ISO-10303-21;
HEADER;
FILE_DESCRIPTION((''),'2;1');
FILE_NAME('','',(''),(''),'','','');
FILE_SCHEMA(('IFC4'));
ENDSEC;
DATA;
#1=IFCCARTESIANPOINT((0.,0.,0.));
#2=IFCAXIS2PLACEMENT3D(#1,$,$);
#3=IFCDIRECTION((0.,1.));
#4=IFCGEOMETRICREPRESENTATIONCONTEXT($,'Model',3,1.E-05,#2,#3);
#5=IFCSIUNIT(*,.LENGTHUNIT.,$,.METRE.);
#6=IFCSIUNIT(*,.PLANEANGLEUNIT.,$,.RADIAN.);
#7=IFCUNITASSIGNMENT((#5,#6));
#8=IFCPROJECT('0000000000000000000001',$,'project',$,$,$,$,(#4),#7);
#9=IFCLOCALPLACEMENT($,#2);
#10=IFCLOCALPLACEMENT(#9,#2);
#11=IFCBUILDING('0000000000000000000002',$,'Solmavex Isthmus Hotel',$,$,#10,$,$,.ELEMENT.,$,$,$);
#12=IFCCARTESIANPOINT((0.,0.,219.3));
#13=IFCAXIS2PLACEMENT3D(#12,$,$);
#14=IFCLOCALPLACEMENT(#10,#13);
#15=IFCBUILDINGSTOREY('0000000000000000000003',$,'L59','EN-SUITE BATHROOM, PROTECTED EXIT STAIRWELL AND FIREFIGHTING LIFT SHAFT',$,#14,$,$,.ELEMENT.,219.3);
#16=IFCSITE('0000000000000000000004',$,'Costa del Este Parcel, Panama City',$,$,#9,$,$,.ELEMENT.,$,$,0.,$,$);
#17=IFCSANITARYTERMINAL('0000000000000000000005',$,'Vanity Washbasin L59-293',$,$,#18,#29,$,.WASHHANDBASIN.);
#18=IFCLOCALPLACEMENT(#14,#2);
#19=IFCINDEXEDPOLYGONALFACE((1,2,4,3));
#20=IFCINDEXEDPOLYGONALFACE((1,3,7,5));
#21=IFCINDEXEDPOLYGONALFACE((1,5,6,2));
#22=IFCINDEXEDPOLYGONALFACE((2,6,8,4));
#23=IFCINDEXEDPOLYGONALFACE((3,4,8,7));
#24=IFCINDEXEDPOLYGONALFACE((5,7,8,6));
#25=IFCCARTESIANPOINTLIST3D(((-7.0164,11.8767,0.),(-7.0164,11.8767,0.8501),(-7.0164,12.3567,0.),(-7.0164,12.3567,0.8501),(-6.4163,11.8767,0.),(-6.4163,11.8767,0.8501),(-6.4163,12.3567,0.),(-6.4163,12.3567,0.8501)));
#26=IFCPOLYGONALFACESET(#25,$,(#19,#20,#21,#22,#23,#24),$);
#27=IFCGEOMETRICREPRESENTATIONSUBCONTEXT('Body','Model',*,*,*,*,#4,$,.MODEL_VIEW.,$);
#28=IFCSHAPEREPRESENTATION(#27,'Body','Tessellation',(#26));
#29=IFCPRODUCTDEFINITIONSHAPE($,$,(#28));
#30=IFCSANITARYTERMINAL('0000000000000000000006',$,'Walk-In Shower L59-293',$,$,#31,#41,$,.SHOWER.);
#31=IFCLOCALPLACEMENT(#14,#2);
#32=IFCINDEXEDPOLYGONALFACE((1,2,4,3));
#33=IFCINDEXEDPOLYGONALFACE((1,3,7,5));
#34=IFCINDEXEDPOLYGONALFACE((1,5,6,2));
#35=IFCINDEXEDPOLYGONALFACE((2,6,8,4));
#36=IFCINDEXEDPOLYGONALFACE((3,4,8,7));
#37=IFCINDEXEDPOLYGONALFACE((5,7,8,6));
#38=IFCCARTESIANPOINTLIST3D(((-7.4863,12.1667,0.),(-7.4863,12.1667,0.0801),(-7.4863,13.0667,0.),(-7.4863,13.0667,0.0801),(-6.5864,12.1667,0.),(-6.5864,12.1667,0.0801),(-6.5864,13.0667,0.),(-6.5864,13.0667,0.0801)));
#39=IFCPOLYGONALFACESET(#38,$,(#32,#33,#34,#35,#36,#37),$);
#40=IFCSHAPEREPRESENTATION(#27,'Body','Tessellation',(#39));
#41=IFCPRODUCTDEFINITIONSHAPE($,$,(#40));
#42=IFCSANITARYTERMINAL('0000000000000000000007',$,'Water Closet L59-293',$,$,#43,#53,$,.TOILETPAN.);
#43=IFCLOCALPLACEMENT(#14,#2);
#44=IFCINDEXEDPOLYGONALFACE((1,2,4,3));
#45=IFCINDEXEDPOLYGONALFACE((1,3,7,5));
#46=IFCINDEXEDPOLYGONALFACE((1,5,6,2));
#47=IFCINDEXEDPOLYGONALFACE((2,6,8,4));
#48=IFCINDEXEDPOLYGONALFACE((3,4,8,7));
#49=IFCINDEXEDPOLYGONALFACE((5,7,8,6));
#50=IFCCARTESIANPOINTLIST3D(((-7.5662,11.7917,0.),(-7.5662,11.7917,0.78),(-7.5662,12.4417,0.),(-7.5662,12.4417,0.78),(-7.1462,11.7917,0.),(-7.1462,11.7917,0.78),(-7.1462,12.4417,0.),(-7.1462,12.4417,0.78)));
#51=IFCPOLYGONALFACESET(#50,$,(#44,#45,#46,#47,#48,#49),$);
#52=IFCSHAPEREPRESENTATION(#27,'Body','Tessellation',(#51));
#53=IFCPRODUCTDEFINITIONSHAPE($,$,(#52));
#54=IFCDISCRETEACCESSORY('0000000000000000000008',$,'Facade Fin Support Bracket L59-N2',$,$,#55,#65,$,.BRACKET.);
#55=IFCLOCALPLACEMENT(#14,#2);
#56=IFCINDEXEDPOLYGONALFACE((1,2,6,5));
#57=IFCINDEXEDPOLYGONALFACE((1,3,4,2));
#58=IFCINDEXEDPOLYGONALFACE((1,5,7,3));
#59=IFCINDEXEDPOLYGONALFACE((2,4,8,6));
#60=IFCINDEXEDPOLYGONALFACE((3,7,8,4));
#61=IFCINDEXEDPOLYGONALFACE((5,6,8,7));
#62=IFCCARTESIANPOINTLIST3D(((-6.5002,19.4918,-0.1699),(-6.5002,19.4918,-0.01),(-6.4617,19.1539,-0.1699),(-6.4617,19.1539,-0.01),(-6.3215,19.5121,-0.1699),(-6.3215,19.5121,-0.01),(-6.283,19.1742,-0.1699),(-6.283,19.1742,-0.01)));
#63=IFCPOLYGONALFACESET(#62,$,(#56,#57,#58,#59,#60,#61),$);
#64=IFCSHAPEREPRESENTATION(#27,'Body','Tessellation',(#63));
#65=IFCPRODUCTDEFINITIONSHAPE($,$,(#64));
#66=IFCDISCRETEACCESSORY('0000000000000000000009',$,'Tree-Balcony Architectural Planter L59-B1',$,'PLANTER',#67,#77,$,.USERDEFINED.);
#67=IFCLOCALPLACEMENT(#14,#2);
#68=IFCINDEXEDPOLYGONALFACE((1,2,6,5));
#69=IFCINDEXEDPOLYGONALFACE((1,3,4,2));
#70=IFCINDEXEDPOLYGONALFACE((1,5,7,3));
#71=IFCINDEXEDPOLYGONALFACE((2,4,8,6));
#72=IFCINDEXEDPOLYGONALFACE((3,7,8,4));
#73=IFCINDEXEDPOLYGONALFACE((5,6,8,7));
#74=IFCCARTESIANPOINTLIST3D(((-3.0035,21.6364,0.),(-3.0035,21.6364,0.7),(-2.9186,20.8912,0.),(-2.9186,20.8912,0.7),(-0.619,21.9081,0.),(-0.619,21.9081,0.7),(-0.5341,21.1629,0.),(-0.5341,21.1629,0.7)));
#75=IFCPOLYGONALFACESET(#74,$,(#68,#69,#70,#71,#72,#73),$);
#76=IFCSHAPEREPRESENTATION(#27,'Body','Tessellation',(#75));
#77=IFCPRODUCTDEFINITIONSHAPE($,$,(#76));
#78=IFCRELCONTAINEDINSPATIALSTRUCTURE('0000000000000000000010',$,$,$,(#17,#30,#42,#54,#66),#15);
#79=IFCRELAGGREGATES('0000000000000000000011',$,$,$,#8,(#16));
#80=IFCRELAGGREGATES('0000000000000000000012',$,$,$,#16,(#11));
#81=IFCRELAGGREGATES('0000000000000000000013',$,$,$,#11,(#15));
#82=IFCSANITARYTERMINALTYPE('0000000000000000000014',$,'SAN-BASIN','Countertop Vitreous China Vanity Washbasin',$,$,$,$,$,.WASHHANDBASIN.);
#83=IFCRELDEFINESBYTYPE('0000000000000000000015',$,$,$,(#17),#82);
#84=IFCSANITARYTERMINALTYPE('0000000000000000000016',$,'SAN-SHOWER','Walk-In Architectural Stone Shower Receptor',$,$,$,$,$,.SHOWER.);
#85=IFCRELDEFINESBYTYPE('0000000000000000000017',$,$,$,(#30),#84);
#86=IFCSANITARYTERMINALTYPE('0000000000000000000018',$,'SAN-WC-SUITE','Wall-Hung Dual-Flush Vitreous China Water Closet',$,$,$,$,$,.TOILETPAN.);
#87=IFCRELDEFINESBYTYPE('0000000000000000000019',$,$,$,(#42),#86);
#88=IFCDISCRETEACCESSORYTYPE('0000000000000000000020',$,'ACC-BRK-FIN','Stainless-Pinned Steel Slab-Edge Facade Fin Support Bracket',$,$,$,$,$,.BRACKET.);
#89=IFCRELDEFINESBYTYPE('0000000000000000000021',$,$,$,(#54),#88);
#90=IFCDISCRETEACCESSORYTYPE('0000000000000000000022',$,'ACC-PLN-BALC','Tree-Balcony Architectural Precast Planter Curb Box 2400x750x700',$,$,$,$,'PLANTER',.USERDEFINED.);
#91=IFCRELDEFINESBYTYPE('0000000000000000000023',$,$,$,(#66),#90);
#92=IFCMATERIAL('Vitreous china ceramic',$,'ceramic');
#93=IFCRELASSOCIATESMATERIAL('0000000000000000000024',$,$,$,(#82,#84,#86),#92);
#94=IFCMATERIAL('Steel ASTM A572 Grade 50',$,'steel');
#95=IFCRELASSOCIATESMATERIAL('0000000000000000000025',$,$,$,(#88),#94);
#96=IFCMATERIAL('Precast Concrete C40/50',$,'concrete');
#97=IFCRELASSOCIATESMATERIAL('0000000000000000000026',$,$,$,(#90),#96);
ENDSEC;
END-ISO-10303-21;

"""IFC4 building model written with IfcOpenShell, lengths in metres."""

from ifc_helpers import new_model, si_unit, direction, frame, origin, origin_2d, place, context, subcontext, project, spatial, rectangle, extrude, material, type_object, element, save


model = new_model("IFC4")

# Units and contexts
model_context = context("Model", 3, precision=1e-05, world=origin(), true_north=direction((0.0, 1.0)))
body_context = subcontext(model_context, "Body", "Model", "MODEL_VIEW")
ifc_project = project(units=[si_unit("LENGTHUNIT", "METRE"), si_unit("PLANEANGLEUNIT", "RADIAN")], contexts=[model_context])

# Site, building, storey
site_placement = place(None, origin())
site = spatial("IfcSite", under=ifc_project, at=site_placement, Name="Costa del Este Parcel, Panama City", CompositionType="ELEMENT", RefElevation=0.0)
building_placement = place(site_placement, origin())
building = spatial("IfcBuilding", under=site, at=building_placement, Name="Solmavex Isthmus Hotel", CompositionType="ELEMENT")
storey_placement = place(building_placement, frame((0.0, 0.0, 219.3)))
storey = spatial("IfcBuildingStorey", under=building, at=storey_placement, Name="L59", Description="EN-SUITE BATHROOM, PROTECTED EXIT STAIRWELL AND FIREFIGHTING LIFT SHAFT", CompositionType="ELEMENT", Elevation=219.3)

# Shared definitions
ifc_material_1 = material(Name="Precast Concrete C40/50", Category="concrete")

# Sanitary terminals
ifc_material_2 = material(Name="Vitreous china ceramic", Category="ceramic")
sanitary_terminal_type_1 = type_object("IfcSanitaryTerminalType", Name="SAN-BASIN", Description="Countertop Vitreous China Vanity Washbasin", PredefinedType="WASHHANDBASIN", material=ifc_material_2)
sanitary_terminal_1_placement = place(storey_placement, frame((-6.7163, 12.1167, 0.0), z_axis=(0.0, 0.0, 1.0), x_axis=(1.0, 0.0, 0.0)))
element("IfcSanitaryTerminal", 1, at=sanitary_terminal_1_placement, inside=storey, type_object=sanitary_terminal_type_1, Name="Vanity Washbasin L59-293", PredefinedType="WASHHANDBASIN", context=body_context, shape_type="SweptSolid", body=[
    extrude(rectangle(XDim=0.6001, YDim=0.48, at=origin_2d()), origin(), (0.0, 0.0, 1.0), 0.8501),
])
sanitary_terminal_type_2 = type_object("IfcSanitaryTerminalType", Name="SAN-SHOWER", Description="Walk-In Architectural Stone Shower Receptor", PredefinedType="SHOWER", material=ifc_material_2)
sanitary_terminal_2_placement = place(storey_placement, frame((-7.0364, 12.6167, 0.0), z_axis=(0.0, 0.0, 1.0), x_axis=(1.0, 0.0, 0.0)))
element("IfcSanitaryTerminal", 2, at=sanitary_terminal_2_placement, inside=storey, type_object=sanitary_terminal_type_2, Name="Walk-In Shower L59-293", PredefinedType="SHOWER", context=body_context, shape_type="SweptSolid", body=[
    extrude(rectangle(XDim=0.8999, YDim=0.8999, at=origin_2d()), origin(), (0.0, 0.0, 1.0), 0.0801),
])
sanitary_terminal_type_3 = type_object("IfcSanitaryTerminalType", Name="SAN-WC-SUITE", Description="Wall-Hung Dual-Flush Vitreous China Water Closet", PredefinedType="TOILETPAN", material=ifc_material_2)
sanitary_terminal_3_placement = place(storey_placement, frame((-7.3562, 12.1167, 0.0), z_axis=(0.0, 0.0, 1.0), x_axis=(1.0, 0.0, 0.0)))
element("IfcSanitaryTerminal", 3, at=sanitary_terminal_3_placement, inside=storey, type_object=sanitary_terminal_type_3, Name="Water Closet L59-293", PredefinedType="TOILETPAN", context=body_context, shape_type="SweptSolid", body=[
    extrude(rectangle(XDim=0.4199, YDim=0.6499, at=origin_2d()), origin(), (0.0, 0.0, 1.0), 0.78),
])

# Discrete accessories
ifc_material_3 = material(Name="Steel ASTM A572 Grade 50", Category="steel")
discrete_accessory_type_1 = type_object("IfcDiscreteAccessoryType", Name="ACC-BRK-FIN", Description="Stainless-Pinned Steel Slab-Edge Facade Fin Support Bracket", PredefinedType="BRACKET", material=ifc_material_3)
discrete_accessory_1_placement = place(storey_placement, frame((-6.3916, 19.333, -0.1699), z_axis=(0.0, 0.0, 1.0), x_axis=(-0.113203, 0.993572, 0.0)))
element("IfcDiscreteAccessory", 4, at=discrete_accessory_1_placement, inside=storey, type_object=discrete_accessory_type_1, Name="Facade Fin Support Bracket L59-N2", PredefinedType="BRACKET", context=body_context, shape_type="SweptSolid", body=[
    extrude(rectangle(XDim=0.3401, YDim=0.1799, at=origin_2d()), origin(), (0.0, 0.0, 1.0), 0.1599),
])
discrete_accessory_type_2 = type_object("IfcDiscreteAccessoryType", Name="ACC-PLN-BALC", Description="Tree-Balcony Architectural Precast Planter Curb Box 2400x750x700", ElementType="PLANTER", PredefinedType="USERDEFINED", material=ifc_material_1)
discrete_accessory_2_placement = place(storey_placement, frame((-1.7688, 21.3997, 0.0), z_axis=(0.0, 0.0, 1.0), x_axis=(0.993572, 0.113203, 0.0)))
element("IfcDiscreteAccessory", 5, at=discrete_accessory_2_placement, inside=storey, type_object=discrete_accessory_type_2, Name="Tree-Balcony Architectural Planter L59-B1", ObjectType="PLANTER", PredefinedType="USERDEFINED", context=body_context, shape_type="SweptSolid", body=[
    extrude(rectangle(XDim=2.3999, YDim=0.75, at=origin_2d()), origin(), (0.0, 0.0, 1.0), 0.7),
])

save(model, "model.ifc")
